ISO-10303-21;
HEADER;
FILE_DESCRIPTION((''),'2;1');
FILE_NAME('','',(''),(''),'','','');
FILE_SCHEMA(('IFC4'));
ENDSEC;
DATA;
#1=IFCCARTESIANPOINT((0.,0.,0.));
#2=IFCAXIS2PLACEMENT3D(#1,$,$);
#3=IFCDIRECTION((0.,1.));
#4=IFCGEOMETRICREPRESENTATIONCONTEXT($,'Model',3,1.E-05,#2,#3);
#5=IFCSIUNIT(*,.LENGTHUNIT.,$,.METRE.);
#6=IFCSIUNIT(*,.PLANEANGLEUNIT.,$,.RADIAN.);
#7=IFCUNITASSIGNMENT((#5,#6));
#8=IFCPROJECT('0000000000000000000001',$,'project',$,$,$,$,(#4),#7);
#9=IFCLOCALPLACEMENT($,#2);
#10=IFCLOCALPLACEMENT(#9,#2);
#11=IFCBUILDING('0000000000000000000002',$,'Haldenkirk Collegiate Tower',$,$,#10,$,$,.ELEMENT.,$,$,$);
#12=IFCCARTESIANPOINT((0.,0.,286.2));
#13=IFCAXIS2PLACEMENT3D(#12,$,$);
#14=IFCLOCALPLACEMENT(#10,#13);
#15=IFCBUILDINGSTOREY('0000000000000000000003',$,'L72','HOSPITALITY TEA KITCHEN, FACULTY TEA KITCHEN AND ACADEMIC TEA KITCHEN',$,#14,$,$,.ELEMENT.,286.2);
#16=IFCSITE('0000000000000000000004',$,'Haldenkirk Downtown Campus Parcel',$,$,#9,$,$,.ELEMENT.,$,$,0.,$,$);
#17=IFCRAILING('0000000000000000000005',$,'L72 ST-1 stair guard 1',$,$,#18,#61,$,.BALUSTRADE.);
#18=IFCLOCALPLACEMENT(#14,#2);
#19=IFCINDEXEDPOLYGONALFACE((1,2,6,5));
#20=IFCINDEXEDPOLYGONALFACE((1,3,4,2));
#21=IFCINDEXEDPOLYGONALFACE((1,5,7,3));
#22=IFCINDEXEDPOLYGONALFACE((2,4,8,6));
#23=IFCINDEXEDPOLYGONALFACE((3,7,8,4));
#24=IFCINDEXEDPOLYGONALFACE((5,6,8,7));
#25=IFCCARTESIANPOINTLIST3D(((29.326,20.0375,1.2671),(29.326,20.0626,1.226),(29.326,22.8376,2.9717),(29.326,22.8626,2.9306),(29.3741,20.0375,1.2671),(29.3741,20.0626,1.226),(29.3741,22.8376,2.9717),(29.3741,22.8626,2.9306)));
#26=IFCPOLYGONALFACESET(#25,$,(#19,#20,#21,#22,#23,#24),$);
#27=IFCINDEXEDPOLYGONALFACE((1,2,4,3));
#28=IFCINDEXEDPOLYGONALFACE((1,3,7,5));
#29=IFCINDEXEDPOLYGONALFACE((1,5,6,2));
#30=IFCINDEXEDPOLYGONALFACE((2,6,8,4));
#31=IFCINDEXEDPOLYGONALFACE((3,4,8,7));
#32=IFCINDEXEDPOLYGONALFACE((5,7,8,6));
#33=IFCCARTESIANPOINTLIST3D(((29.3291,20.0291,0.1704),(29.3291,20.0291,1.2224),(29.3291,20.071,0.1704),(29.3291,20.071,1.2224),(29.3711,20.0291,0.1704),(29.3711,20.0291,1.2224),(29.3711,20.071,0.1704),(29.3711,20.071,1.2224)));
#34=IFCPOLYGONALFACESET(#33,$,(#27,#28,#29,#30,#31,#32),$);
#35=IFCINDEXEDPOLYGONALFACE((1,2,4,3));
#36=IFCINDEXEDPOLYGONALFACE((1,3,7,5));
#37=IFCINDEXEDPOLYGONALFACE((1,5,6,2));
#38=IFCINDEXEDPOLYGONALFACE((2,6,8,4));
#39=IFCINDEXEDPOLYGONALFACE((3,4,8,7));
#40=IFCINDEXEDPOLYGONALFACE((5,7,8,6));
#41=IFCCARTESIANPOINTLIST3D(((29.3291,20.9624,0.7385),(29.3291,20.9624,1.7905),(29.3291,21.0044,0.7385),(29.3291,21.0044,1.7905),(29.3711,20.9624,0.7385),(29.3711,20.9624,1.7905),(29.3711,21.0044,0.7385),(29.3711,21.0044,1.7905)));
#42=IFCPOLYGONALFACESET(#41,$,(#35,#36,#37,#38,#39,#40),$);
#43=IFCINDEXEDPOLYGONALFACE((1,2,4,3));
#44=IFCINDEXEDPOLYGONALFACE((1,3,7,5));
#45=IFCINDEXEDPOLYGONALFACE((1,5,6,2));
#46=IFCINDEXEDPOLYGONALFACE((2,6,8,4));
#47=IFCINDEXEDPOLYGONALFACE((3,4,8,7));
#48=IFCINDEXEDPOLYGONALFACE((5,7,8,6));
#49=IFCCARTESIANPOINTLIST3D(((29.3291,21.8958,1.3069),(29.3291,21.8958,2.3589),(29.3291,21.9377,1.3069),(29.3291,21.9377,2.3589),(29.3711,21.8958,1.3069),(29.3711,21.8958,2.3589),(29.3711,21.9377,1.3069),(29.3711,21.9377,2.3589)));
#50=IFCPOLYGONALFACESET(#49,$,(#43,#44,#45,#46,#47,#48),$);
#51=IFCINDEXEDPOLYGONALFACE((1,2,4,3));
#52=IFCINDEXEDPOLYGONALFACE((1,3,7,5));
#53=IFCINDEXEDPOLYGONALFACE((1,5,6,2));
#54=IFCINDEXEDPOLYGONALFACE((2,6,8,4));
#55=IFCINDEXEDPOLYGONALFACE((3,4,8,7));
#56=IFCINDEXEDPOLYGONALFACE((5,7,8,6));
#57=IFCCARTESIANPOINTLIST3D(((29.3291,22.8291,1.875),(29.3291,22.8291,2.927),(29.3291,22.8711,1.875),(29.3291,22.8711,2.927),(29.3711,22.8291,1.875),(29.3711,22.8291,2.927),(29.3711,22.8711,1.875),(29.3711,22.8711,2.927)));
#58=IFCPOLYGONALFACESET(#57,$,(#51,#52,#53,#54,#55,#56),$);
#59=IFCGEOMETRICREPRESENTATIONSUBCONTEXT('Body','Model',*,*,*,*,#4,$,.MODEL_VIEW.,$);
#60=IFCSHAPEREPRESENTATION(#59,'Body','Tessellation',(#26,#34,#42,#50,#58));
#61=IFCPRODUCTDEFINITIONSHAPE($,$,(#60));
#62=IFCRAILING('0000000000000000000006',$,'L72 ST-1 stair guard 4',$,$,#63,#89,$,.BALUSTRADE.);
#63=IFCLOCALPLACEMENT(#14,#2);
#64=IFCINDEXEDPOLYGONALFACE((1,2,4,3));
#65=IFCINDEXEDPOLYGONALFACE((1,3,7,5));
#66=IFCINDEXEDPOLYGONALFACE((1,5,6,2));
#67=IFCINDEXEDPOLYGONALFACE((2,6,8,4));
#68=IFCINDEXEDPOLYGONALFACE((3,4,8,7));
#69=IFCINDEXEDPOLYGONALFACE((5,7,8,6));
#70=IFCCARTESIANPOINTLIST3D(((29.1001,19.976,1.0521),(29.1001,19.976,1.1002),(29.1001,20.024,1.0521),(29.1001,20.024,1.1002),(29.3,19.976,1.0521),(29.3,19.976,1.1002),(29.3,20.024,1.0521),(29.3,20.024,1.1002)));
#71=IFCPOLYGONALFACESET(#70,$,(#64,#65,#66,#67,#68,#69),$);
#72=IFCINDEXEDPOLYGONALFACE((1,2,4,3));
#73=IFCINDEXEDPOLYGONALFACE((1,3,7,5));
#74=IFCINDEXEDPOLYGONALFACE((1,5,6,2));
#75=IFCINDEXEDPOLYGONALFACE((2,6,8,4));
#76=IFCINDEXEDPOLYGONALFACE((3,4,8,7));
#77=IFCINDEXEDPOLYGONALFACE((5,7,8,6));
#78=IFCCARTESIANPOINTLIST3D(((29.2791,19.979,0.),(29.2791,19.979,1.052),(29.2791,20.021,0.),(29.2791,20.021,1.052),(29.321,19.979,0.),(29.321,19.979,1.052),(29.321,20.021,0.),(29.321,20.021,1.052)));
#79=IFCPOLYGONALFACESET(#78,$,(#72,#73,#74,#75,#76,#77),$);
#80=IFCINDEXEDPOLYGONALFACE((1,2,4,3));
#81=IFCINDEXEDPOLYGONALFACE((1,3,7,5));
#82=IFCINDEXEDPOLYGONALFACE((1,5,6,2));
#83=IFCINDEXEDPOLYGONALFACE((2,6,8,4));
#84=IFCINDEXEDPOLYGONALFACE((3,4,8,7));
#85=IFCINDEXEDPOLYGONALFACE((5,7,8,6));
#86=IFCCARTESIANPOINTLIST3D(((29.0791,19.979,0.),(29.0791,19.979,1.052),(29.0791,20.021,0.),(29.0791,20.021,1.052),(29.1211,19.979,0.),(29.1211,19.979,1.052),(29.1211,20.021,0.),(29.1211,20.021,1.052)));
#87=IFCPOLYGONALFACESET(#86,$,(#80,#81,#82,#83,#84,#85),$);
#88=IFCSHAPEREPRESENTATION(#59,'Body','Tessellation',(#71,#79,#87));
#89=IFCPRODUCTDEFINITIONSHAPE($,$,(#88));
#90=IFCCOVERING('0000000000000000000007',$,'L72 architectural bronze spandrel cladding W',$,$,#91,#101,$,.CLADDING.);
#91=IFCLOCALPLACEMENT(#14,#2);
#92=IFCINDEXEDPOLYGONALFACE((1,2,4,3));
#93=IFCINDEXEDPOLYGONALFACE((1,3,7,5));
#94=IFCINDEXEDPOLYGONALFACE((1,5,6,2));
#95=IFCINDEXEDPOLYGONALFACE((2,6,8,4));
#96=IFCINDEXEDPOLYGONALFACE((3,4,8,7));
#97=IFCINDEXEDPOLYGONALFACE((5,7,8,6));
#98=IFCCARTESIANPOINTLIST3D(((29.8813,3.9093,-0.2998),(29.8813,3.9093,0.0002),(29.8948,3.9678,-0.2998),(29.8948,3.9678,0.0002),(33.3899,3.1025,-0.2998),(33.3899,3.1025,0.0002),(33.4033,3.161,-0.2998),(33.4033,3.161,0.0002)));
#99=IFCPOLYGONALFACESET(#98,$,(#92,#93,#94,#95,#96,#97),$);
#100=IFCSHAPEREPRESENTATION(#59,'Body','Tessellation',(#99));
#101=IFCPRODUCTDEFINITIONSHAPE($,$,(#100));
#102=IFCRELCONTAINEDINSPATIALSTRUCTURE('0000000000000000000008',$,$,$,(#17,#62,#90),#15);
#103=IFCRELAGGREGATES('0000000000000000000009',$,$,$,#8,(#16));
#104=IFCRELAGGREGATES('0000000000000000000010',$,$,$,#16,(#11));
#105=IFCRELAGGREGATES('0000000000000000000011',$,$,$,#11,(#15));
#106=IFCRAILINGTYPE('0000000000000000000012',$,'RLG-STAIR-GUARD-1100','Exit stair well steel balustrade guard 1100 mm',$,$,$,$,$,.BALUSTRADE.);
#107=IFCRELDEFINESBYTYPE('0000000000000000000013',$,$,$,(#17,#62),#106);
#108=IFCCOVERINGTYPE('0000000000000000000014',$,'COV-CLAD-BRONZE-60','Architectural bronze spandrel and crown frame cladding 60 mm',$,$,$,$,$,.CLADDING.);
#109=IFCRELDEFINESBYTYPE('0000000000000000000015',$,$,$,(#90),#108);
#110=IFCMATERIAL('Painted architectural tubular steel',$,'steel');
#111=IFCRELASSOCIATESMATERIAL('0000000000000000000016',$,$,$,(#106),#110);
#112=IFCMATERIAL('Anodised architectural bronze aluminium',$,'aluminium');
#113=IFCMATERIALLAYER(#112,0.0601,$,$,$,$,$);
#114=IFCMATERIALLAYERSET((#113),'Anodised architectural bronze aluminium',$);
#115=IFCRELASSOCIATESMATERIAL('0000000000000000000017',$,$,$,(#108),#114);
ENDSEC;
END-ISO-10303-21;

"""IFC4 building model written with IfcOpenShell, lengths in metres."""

from ifc_helpers import new_model, si_unit, direction, frame, origin, origin_2d, place, context, subcontext, project, spatial, rectangle, extrude, source, transform, mapped, material, layer, layer_set, type_object, element, save


model = new_model("IFC4")

# Units and contexts
model_context = context("Model", 3, precision=1e-05, world=origin(), true_north=direction((0.0, 1.0)))
body_context = subcontext(model_context, "Body", "Model", "MODEL_VIEW")
ifc_project = project(units=[si_unit("LENGTHUNIT", "METRE"), si_unit("PLANEANGLEUNIT", "RADIAN")], contexts=[model_context])

# Site, building, storey
site_placement = place(None, origin())
site = spatial("IfcSite", under=ifc_project, at=site_placement, Name="Haldenkirk Downtown Campus Parcel", CompositionType="ELEMENT", RefElevation=0.0)
building_placement = place(site_placement, origin())
building = spatial("IfcBuilding", under=site, at=building_placement, Name="Haldenkirk Collegiate Tower", CompositionType="ELEMENT")
storey_placement = place(building_placement, frame((0.0, 0.0, 286.2)))
storey = spatial("IfcBuildingStorey", under=building, at=storey_placement, Name="L72", Description="HOSPITALITY TEA KITCHEN, FACULTY TEA KITCHEN AND ACADEMIC TEA KITCHEN", CompositionType="ELEMENT", Elevation=286.2)

# Shared definitions
ifc_material_1 = material(Name="Anodised architectural bronze aluminium", Category="aluminium")

# Railings
ifc_material_2 = material(Name="Painted architectural tubular steel", Category="steel")
railing_type = type_object("IfcRailingType", Name="RLG-STAIR-GUARD-1100", Description="Exit stair well steel balustrade guard 1100 mm", PredefinedType="BALUSTRADE", material=ifc_material_2)
railing_1_placement = place(storey_placement, frame((29.3501, 20.05, 0.1704)))
element("IfcRailing", 1, at=railing_1_placement, inside=storey, type_object=railing_type, Name="L72 ST-1 stair guard 1", PredefinedType="BALUSTRADE", context=body_context, shape_type="SweptSolid", body=[
    extrude(rectangle(XDim=0.0481, YDim=0.0481, at=origin_2d()), frame((0.0, 0.0, 1.0762), z_axis=(0.0, 0.85417, 0.519994), x_axis=(-1.0, 0.0, 0.0)), (0.0, 0.0, 1.0), 3.2781),
    extrude(rectangle(XDim=0.042, YDim=0.042, at=origin_2d()), origin(), (0.0, 0.0, 1.0), 1.052),
    extrude(rectangle(XDim=0.042, YDim=0.042, at=origin_2d()), frame((0.0, 0.9333, 0.5681)), (0.0, 0.0, 1.0), 1.052),
    extrude(rectangle(XDim=0.042, YDim=0.042, at=origin_2d()), frame((0.0, 1.8667, 1.1365)), (0.0, 0.0, 1.0), 1.052),
    extrude(rectangle(XDim=0.042, YDim=0.042, at=origin_2d()), frame((0.0, 2.8, 1.7046)), (0.0, 0.0, 1.0), 1.052),
])
railing_2_placement = place(storey_placement, frame((29.3, 20.0, 0.0)))
element("IfcRailing", 2, at=railing_2_placement, inside=storey, type_object=railing_type, Name="L72 ST-1 stair guard 4", PredefinedType="BALUSTRADE", context=body_context, shape_type="SweptSolid", body=[
    extrude(rectangle(XDim=0.0481, YDim=0.0481, at=origin_2d()), frame((0.0, 0.0, 1.0762), z_axis=(-1.0, 0.0, 0.0), x_axis=(0.0, -1.0, 0.0)), (0.0, 0.0, 1.0), 0.2),
    extrude(rectangle(XDim=0.042, YDim=0.042, at=origin_2d()), origin(), (0.0, 0.0, 1.0), 1.052),
    extrude(rectangle(XDim=0.042, YDim=0.042, at=origin_2d()), frame((-0.2, 0.0, 0.0)), (0.0, 0.0, 1.0), 1.052),
])

# Covering
ifc_layer_1 = layer(ifc_material_1, 0.0601)
ifc_layer_set_1 = layer_set([ifc_layer_1], Name="Anodised architectural bronze aluminium")
covering_type = type_object("IfcCoveringType", Name="COV-CLAD-BRONZE-60", Description="Architectural bronze spandrel and crown frame cladding 60 mm", PredefinedType="CLADDING", material=ifc_layer_set_1)
shared_shape_1 = source(origin(), body_context, "Body", "SweptSolid", [
    extrude(rectangle(XDim=3.6001, YDim=0.0601, at=origin_2d()), origin(), (0.0, 0.0, 1.0), 0.3),
])
covering_placement = place(storey_placement, frame((31.6423, 3.5352, -0.2998), z_axis=(0.0, 0.0, 1.0), x_axis=(-0.974566, 0.224101, 0.0)))
element("IfcCovering", 3, at=covering_placement, inside=storey, type_object=covering_type, Name="L72 architectural bronze spandrel cladding W", PredefinedType="CLADDING", context=body_context, shape_type="MappedRepresentation", body=[
    mapped(shared_shape_1, transform((0.0, 0.0, 0.0), x_axis=(1.0, 0.0, 0.0), y_axis=(0.0, 1.0, 0.0), z_axis=(0.0, 0.0, 1.0), scale=1.0)),
])

save(model, "model.ifc")
